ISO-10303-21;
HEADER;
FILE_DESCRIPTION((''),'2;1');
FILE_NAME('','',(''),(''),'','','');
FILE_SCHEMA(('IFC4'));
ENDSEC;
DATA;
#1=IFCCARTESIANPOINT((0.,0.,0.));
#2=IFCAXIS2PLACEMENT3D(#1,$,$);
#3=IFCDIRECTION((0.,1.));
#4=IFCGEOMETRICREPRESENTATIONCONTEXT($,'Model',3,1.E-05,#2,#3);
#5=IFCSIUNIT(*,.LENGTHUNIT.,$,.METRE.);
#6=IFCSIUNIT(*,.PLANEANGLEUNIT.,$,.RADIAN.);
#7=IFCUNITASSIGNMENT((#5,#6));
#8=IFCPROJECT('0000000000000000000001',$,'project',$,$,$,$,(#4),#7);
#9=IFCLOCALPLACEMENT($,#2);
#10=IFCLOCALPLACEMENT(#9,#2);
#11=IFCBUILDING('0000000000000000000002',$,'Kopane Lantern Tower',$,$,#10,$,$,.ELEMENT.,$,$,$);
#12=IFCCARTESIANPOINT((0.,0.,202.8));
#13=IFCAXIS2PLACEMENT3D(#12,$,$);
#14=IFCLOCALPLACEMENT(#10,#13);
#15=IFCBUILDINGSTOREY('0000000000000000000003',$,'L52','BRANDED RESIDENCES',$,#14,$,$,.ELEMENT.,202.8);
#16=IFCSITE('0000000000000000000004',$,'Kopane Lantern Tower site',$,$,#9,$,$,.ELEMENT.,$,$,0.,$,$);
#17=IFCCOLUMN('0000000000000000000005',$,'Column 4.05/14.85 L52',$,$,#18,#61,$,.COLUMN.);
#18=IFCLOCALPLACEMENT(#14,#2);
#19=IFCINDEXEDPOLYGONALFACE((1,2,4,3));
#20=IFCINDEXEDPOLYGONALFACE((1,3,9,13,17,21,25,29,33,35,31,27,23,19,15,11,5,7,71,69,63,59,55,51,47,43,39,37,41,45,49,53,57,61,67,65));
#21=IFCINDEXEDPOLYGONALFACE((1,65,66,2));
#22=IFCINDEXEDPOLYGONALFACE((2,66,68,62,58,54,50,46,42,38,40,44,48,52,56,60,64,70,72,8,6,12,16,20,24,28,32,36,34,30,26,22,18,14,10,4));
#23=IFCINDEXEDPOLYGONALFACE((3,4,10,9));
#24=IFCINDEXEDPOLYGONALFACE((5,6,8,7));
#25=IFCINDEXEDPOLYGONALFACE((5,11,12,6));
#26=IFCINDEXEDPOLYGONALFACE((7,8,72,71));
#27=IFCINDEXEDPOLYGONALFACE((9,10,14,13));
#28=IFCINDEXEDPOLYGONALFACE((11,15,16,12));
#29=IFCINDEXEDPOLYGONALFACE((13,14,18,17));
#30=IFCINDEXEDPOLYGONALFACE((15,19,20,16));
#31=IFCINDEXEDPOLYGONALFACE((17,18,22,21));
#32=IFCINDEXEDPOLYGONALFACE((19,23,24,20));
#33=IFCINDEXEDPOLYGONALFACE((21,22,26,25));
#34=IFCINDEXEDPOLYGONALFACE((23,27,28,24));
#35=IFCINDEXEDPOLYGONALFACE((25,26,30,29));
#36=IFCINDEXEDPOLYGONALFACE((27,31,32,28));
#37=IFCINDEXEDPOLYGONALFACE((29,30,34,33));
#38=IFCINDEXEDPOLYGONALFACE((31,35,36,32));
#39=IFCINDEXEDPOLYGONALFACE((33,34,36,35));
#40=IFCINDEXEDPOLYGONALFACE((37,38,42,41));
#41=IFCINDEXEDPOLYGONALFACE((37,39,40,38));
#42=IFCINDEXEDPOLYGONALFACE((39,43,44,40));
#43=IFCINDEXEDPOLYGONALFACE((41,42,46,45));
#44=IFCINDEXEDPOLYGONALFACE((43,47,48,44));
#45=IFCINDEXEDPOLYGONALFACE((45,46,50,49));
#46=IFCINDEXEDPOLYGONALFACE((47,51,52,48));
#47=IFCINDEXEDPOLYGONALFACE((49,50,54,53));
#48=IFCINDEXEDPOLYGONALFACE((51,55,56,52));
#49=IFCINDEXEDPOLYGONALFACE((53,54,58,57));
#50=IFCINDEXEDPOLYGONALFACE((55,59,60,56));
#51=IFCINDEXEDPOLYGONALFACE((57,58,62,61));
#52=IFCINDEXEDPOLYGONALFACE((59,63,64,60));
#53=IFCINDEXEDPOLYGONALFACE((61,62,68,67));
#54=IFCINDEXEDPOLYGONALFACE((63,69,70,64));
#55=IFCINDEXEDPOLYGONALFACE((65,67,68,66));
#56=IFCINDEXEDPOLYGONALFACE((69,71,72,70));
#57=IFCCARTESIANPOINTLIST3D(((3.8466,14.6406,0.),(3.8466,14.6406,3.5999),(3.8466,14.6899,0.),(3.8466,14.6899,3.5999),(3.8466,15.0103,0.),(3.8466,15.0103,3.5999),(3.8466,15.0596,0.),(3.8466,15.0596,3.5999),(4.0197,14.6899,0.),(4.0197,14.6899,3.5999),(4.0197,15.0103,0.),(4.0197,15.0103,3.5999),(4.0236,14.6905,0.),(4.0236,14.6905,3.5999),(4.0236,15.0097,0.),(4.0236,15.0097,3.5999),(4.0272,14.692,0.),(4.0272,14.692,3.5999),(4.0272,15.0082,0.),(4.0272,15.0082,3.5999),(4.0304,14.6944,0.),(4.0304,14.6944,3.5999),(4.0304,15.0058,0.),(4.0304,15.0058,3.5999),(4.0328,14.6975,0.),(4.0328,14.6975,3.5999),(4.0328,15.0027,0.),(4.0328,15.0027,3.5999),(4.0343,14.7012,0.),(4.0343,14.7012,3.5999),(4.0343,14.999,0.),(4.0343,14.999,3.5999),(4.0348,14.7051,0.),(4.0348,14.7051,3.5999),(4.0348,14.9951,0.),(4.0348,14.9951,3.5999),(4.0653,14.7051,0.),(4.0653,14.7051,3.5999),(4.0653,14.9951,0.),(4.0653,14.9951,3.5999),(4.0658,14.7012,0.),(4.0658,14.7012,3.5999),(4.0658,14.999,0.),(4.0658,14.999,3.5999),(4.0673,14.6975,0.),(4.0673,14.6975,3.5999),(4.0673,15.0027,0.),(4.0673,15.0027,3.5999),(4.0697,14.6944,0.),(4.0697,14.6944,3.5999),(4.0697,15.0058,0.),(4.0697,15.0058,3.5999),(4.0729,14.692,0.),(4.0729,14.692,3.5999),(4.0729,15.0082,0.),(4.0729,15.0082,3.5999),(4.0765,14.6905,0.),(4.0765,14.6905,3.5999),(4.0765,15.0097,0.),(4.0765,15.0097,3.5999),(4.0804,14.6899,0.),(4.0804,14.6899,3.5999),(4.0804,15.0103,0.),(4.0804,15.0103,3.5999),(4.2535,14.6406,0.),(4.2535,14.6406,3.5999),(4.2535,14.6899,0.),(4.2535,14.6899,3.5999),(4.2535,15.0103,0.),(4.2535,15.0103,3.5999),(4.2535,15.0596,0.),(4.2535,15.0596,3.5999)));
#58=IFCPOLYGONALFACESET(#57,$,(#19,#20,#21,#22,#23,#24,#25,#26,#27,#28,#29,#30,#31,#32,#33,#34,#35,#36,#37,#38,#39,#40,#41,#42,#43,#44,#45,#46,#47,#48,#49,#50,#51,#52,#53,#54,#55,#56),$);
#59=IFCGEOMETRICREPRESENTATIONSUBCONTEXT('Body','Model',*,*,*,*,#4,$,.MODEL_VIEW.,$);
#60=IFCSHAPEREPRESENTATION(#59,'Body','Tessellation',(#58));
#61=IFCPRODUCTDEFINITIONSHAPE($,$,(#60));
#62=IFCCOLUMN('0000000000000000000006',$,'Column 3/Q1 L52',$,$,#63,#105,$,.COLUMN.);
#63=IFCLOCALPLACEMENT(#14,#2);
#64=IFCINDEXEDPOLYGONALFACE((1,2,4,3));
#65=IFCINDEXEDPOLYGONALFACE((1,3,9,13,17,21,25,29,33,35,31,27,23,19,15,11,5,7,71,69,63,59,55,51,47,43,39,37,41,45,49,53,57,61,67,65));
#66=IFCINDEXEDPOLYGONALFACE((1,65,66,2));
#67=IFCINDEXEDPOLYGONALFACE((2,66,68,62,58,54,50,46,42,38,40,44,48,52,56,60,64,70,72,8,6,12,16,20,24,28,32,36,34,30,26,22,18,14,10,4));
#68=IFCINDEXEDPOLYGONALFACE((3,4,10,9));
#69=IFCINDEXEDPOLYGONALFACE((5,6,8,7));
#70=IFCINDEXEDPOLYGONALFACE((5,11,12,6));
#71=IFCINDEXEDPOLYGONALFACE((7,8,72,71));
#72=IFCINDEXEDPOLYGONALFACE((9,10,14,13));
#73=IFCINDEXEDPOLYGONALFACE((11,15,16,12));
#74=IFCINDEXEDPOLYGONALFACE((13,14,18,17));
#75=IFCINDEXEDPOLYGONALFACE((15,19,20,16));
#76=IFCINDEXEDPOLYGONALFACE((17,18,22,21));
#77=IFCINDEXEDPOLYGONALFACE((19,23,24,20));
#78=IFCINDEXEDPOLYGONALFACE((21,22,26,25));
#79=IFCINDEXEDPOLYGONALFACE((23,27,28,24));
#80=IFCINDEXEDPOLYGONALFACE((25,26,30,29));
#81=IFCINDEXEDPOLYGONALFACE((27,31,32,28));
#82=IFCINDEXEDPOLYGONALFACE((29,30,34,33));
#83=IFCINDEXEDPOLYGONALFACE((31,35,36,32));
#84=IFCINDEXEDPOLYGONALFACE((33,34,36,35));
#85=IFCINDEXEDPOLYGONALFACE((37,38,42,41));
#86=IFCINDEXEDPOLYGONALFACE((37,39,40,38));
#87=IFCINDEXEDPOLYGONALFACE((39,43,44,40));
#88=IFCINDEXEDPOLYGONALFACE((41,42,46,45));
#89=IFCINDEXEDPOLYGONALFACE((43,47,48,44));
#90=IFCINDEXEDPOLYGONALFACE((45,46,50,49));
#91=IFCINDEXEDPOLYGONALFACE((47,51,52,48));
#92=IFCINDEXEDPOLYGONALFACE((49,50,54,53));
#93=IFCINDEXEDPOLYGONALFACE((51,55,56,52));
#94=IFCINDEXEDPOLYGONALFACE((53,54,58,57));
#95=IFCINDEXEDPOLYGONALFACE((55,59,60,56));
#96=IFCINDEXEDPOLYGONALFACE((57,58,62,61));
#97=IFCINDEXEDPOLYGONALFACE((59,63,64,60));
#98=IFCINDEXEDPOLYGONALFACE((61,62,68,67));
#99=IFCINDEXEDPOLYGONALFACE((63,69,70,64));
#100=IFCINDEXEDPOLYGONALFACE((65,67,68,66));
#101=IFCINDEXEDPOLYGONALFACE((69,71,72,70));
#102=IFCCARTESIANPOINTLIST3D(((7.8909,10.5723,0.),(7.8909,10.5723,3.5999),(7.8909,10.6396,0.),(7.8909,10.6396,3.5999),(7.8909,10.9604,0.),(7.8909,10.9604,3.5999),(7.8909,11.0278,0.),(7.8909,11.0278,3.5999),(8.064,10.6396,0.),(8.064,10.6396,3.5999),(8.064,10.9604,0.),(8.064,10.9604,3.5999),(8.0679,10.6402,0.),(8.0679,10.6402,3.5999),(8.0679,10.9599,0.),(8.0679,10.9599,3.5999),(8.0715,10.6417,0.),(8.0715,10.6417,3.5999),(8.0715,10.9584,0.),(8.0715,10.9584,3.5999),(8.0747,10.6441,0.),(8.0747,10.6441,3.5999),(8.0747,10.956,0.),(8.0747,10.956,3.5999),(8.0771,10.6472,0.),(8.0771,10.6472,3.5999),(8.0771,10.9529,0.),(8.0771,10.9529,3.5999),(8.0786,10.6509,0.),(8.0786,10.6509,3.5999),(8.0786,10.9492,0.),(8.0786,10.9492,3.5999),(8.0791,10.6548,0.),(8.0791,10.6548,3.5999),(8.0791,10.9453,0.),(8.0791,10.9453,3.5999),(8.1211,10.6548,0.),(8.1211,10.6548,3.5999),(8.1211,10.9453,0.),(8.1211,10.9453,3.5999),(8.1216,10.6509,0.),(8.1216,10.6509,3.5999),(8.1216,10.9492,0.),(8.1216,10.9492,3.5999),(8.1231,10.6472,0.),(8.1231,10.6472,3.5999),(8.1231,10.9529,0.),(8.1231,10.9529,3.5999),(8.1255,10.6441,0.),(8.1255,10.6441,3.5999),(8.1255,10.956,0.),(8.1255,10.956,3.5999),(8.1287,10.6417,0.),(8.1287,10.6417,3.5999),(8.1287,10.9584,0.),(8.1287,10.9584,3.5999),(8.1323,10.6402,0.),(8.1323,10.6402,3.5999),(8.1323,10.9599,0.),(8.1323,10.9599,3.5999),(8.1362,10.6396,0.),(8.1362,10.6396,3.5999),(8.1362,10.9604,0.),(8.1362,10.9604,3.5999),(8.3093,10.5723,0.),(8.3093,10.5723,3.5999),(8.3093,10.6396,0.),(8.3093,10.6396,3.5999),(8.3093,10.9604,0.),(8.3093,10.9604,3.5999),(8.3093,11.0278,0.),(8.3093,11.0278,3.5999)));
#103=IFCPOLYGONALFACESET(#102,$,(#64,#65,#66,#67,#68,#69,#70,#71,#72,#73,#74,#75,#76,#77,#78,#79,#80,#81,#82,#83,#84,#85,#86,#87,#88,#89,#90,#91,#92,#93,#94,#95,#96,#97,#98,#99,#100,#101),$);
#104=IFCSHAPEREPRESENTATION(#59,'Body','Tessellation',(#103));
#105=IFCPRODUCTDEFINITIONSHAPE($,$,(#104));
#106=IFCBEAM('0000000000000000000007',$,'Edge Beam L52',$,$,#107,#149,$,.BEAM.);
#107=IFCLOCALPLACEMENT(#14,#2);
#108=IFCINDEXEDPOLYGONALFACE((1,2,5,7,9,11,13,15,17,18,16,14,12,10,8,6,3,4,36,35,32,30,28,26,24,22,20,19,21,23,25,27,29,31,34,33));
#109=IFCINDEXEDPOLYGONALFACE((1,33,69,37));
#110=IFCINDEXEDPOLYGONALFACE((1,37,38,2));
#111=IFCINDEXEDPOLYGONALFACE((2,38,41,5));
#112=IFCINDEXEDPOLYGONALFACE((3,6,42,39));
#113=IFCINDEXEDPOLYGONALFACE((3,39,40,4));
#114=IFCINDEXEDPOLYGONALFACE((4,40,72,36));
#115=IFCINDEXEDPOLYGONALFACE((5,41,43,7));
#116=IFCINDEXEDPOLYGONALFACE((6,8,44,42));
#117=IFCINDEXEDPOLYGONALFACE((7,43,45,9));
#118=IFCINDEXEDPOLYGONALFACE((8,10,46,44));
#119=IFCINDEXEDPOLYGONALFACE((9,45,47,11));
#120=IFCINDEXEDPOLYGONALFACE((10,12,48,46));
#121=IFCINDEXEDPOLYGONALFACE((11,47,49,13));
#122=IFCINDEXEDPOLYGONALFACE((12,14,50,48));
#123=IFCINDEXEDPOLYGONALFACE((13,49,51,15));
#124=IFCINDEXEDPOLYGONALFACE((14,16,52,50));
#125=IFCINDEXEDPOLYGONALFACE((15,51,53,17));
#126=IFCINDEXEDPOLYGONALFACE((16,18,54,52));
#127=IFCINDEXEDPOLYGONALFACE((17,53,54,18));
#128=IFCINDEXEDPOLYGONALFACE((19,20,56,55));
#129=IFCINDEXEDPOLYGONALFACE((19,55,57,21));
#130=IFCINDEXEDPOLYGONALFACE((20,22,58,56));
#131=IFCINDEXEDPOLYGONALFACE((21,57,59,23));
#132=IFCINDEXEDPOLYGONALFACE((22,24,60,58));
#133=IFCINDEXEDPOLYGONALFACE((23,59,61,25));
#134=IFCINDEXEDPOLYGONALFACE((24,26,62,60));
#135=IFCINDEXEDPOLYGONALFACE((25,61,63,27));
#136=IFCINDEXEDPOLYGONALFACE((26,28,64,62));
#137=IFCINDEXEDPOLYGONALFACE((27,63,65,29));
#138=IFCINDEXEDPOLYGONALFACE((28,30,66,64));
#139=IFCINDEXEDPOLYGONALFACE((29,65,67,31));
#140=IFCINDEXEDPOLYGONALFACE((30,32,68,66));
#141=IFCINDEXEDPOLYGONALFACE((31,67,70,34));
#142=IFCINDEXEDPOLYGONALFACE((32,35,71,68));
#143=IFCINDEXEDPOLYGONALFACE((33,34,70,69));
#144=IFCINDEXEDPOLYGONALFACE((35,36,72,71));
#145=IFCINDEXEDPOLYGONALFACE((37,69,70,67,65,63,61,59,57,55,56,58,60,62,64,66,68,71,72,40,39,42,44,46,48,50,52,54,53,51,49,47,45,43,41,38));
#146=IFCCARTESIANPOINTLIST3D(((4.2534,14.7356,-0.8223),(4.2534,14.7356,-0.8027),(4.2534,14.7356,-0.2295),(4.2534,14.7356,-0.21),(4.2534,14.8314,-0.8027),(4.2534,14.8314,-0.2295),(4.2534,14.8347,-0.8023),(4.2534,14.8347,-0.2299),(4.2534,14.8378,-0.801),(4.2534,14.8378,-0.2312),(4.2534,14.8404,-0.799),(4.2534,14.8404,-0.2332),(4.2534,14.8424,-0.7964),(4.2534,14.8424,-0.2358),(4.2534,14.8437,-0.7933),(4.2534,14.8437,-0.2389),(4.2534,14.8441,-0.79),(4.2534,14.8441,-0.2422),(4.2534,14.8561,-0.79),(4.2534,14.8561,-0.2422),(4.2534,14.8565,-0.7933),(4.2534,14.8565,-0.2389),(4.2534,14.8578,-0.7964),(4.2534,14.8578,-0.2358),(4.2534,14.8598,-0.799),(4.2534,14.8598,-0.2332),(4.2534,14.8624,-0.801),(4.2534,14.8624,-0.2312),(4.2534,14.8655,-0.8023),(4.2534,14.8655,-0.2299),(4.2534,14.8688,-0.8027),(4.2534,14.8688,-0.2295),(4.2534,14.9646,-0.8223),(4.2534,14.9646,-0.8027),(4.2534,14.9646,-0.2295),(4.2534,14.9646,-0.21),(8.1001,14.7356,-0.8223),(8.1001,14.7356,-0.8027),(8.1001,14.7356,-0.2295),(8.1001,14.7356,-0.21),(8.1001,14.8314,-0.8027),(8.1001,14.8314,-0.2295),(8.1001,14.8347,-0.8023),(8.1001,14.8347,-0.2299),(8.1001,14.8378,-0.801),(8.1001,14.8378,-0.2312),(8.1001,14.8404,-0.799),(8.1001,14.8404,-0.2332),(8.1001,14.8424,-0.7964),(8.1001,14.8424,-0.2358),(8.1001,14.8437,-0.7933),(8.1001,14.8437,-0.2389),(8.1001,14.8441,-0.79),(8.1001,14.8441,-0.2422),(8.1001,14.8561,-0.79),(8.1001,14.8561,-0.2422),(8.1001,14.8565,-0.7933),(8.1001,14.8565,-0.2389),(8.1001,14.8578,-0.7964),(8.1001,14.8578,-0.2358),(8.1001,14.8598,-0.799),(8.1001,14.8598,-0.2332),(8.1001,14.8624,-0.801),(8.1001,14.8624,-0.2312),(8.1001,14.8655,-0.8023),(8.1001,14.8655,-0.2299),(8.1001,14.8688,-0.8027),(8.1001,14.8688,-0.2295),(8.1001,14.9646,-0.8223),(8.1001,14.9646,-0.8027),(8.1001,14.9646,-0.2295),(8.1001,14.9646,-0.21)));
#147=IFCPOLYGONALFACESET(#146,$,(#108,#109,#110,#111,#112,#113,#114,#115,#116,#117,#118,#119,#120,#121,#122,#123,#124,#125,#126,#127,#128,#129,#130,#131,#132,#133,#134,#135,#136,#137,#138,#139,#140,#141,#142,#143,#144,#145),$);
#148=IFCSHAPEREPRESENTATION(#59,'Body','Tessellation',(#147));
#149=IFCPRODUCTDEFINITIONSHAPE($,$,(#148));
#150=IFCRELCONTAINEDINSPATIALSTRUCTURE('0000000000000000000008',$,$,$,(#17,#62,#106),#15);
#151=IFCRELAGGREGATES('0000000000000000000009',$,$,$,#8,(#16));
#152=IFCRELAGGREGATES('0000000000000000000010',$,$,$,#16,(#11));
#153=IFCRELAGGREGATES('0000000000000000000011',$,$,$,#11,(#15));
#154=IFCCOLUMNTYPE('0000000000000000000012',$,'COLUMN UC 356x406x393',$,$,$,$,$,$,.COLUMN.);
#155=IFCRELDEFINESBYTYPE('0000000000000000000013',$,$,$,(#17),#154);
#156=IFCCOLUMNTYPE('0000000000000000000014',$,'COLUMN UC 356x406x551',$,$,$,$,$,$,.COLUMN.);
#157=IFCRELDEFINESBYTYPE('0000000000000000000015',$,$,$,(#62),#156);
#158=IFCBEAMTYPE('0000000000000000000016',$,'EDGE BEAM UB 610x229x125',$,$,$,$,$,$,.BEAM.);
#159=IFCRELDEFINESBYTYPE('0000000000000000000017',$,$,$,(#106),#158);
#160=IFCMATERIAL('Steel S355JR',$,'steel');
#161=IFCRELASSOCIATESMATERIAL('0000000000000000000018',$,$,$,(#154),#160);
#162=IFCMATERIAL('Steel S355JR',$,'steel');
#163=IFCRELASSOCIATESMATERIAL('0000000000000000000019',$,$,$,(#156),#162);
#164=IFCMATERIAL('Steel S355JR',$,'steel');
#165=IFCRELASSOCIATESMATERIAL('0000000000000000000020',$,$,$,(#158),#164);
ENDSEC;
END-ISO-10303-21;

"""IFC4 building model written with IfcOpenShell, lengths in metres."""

from ifc_helpers import new_model, si_unit, direction, frame, origin, origin_2d, place, context, subcontext, project, spatial, i_section, extrude, material, material_profile, profile_set, type_object, element, save


model = new_model("IFC4")

# Units and contexts
model_context = context("Model", 3, precision=1e-05, world=origin(), true_north=direction((0.0, 1.0)))
body_context = subcontext(model_context, "Body", "Model", "MODEL_VIEW")
ifc_project = project(units=[si_unit("LENGTHUNIT", "METRE"), si_unit("PLANEANGLEUNIT", "RADIAN")], contexts=[model_context])

# Site, building, storey
site_placement = place(None, origin())
site = spatial("IfcSite", under=ifc_project, at=site_placement, Name="Kopane Lantern Tower site", CompositionType="ELEMENT", RefElevation=0.0)
building_placement = place(site_placement, origin())
building = spatial("IfcBuilding", under=site, at=building_placement, Name="Kopane Lantern Tower", CompositionType="ELEMENT")
storey_placement = place(building_placement, frame((0.0, 0.0, 202.8)))
storey = spatial("IfcBuildingStorey", under=building, at=storey_placement, Name="L52", Description="BRANDED RESIDENCES", CompositionType="ELEMENT", Elevation=202.8)

# Columns
ifc_material_1 = material(Name="Steel S355JR", Category="steel")
ifc_material_profile_1 = material_profile(ifc_material_1, i_section(OverallWidth=0.407, OverallDepth=0.4189, WebThickness=0.0305, FlangeThickness=0.0493, FilletRadius=0.0151, at=origin_2d()), Name="UC 356x406x393")
ifc_profile_set_1 = profile_set([ifc_material_profile_1], Name="Steel S355JR")
column_type_1 = type_object("IfcColumnType", Name="COLUMN UC 356x406x393", PredefinedType="COLUMN", material=ifc_profile_set_1)
column_1_placement = place(storey_placement, frame((4.05, 14.8501, 0.0), z_axis=(0.0, 0.0, 1.0), x_axis=(1.0, 0.0, 0.0)))
element("IfcColumn", 1, at=column_1_placement, inside=storey, type_object=column_type_1, Name="Column 4.05/14.85 L52", PredefinedType="COLUMN", context=body_context, shape_type="SweptSolid", body=[
    extrude(i_section(OverallWidth=0.407, OverallDepth=0.4189, WebThickness=0.0305, FlangeThickness=0.0493, FilletRadius=0.0151, at=origin_2d()), origin(), (0.0, 0.0, 1.0), 3.5999),
])
ifc_material_2 = material(Name="Steel S355JR", Category="steel")
ifc_material_profile_2 = material_profile(ifc_material_2, i_section(OverallWidth=0.4185, OverallDepth=0.4556, WebThickness=0.042, FlangeThickness=0.0674, FilletRadius=0.0151, at=origin_2d()), Name="UC 356x406x551")
ifc_profile_set_2 = profile_set([ifc_material_profile_2], Name="Steel S355JR")
column_type_2 = type_object("IfcColumnType", Name="COLUMN UC 356x406x551", PredefinedType="COLUMN", material=ifc_profile_set_2)
column_2_placement = place(storey_placement, frame((8.1001, 10.8, 0.0), z_axis=(0.0, 0.0, 1.0), x_axis=(1.0, 0.0, 0.0)))
element("IfcColumn", 2, at=column_2_placement, inside=storey, type_object=column_type_2, Name="Column 3/Q1 L52", PredefinedType="COLUMN", context=body_context, shape_type="SweptSolid", body=[
    extrude(i_section(OverallWidth=0.4185, OverallDepth=0.4556, WebThickness=0.042, FlangeThickness=0.0674, FilletRadius=0.0151, at=origin_2d()), origin(), (0.0, 0.0, 1.0), 3.5999),
])

# Beam
ifc_material_3 = material(Name="Steel S355JR", Category="steel")
ifc_material_profile_3 = material_profile(ifc_material_3, i_section(OverallWidth=0.229, OverallDepth=0.6123, WebThickness=0.012, FlangeThickness=0.0195, FilletRadius=0.0127, at=origin_2d()), Name="UB 610x229x125")
ifc_profile_set_3 = profile_set([ifc_material_profile_3], Name="Steel S355JR")
beam_type_1 = type_object("IfcBeamType", Name="EDGE BEAM UB 610x229x125", PredefinedType="BEAM", material=ifc_profile_set_3)
beam_placement = place(storey_placement, frame((4.2534, 14.8501, -0.5161), z_axis=(1.0, 0.0, 0.0), x_axis=(0.0, 1.0, 0.0)))
element("IfcBeam", 3, at=beam_placement, inside=storey, type_object=beam_type_1, Name="Edge Beam L52", PredefinedType="BEAM", context=body_context, shape_type="SweptSolid", body=[
    extrude(i_section(OverallWidth=0.229, OverallDepth=0.6123, WebThickness=0.012, FlangeThickness=0.0195, FilletRadius=0.0127, at=origin_2d()), origin(), (0.0, 0.0, 1.0), 3.8467),
])

save(model, "model.ifc")
